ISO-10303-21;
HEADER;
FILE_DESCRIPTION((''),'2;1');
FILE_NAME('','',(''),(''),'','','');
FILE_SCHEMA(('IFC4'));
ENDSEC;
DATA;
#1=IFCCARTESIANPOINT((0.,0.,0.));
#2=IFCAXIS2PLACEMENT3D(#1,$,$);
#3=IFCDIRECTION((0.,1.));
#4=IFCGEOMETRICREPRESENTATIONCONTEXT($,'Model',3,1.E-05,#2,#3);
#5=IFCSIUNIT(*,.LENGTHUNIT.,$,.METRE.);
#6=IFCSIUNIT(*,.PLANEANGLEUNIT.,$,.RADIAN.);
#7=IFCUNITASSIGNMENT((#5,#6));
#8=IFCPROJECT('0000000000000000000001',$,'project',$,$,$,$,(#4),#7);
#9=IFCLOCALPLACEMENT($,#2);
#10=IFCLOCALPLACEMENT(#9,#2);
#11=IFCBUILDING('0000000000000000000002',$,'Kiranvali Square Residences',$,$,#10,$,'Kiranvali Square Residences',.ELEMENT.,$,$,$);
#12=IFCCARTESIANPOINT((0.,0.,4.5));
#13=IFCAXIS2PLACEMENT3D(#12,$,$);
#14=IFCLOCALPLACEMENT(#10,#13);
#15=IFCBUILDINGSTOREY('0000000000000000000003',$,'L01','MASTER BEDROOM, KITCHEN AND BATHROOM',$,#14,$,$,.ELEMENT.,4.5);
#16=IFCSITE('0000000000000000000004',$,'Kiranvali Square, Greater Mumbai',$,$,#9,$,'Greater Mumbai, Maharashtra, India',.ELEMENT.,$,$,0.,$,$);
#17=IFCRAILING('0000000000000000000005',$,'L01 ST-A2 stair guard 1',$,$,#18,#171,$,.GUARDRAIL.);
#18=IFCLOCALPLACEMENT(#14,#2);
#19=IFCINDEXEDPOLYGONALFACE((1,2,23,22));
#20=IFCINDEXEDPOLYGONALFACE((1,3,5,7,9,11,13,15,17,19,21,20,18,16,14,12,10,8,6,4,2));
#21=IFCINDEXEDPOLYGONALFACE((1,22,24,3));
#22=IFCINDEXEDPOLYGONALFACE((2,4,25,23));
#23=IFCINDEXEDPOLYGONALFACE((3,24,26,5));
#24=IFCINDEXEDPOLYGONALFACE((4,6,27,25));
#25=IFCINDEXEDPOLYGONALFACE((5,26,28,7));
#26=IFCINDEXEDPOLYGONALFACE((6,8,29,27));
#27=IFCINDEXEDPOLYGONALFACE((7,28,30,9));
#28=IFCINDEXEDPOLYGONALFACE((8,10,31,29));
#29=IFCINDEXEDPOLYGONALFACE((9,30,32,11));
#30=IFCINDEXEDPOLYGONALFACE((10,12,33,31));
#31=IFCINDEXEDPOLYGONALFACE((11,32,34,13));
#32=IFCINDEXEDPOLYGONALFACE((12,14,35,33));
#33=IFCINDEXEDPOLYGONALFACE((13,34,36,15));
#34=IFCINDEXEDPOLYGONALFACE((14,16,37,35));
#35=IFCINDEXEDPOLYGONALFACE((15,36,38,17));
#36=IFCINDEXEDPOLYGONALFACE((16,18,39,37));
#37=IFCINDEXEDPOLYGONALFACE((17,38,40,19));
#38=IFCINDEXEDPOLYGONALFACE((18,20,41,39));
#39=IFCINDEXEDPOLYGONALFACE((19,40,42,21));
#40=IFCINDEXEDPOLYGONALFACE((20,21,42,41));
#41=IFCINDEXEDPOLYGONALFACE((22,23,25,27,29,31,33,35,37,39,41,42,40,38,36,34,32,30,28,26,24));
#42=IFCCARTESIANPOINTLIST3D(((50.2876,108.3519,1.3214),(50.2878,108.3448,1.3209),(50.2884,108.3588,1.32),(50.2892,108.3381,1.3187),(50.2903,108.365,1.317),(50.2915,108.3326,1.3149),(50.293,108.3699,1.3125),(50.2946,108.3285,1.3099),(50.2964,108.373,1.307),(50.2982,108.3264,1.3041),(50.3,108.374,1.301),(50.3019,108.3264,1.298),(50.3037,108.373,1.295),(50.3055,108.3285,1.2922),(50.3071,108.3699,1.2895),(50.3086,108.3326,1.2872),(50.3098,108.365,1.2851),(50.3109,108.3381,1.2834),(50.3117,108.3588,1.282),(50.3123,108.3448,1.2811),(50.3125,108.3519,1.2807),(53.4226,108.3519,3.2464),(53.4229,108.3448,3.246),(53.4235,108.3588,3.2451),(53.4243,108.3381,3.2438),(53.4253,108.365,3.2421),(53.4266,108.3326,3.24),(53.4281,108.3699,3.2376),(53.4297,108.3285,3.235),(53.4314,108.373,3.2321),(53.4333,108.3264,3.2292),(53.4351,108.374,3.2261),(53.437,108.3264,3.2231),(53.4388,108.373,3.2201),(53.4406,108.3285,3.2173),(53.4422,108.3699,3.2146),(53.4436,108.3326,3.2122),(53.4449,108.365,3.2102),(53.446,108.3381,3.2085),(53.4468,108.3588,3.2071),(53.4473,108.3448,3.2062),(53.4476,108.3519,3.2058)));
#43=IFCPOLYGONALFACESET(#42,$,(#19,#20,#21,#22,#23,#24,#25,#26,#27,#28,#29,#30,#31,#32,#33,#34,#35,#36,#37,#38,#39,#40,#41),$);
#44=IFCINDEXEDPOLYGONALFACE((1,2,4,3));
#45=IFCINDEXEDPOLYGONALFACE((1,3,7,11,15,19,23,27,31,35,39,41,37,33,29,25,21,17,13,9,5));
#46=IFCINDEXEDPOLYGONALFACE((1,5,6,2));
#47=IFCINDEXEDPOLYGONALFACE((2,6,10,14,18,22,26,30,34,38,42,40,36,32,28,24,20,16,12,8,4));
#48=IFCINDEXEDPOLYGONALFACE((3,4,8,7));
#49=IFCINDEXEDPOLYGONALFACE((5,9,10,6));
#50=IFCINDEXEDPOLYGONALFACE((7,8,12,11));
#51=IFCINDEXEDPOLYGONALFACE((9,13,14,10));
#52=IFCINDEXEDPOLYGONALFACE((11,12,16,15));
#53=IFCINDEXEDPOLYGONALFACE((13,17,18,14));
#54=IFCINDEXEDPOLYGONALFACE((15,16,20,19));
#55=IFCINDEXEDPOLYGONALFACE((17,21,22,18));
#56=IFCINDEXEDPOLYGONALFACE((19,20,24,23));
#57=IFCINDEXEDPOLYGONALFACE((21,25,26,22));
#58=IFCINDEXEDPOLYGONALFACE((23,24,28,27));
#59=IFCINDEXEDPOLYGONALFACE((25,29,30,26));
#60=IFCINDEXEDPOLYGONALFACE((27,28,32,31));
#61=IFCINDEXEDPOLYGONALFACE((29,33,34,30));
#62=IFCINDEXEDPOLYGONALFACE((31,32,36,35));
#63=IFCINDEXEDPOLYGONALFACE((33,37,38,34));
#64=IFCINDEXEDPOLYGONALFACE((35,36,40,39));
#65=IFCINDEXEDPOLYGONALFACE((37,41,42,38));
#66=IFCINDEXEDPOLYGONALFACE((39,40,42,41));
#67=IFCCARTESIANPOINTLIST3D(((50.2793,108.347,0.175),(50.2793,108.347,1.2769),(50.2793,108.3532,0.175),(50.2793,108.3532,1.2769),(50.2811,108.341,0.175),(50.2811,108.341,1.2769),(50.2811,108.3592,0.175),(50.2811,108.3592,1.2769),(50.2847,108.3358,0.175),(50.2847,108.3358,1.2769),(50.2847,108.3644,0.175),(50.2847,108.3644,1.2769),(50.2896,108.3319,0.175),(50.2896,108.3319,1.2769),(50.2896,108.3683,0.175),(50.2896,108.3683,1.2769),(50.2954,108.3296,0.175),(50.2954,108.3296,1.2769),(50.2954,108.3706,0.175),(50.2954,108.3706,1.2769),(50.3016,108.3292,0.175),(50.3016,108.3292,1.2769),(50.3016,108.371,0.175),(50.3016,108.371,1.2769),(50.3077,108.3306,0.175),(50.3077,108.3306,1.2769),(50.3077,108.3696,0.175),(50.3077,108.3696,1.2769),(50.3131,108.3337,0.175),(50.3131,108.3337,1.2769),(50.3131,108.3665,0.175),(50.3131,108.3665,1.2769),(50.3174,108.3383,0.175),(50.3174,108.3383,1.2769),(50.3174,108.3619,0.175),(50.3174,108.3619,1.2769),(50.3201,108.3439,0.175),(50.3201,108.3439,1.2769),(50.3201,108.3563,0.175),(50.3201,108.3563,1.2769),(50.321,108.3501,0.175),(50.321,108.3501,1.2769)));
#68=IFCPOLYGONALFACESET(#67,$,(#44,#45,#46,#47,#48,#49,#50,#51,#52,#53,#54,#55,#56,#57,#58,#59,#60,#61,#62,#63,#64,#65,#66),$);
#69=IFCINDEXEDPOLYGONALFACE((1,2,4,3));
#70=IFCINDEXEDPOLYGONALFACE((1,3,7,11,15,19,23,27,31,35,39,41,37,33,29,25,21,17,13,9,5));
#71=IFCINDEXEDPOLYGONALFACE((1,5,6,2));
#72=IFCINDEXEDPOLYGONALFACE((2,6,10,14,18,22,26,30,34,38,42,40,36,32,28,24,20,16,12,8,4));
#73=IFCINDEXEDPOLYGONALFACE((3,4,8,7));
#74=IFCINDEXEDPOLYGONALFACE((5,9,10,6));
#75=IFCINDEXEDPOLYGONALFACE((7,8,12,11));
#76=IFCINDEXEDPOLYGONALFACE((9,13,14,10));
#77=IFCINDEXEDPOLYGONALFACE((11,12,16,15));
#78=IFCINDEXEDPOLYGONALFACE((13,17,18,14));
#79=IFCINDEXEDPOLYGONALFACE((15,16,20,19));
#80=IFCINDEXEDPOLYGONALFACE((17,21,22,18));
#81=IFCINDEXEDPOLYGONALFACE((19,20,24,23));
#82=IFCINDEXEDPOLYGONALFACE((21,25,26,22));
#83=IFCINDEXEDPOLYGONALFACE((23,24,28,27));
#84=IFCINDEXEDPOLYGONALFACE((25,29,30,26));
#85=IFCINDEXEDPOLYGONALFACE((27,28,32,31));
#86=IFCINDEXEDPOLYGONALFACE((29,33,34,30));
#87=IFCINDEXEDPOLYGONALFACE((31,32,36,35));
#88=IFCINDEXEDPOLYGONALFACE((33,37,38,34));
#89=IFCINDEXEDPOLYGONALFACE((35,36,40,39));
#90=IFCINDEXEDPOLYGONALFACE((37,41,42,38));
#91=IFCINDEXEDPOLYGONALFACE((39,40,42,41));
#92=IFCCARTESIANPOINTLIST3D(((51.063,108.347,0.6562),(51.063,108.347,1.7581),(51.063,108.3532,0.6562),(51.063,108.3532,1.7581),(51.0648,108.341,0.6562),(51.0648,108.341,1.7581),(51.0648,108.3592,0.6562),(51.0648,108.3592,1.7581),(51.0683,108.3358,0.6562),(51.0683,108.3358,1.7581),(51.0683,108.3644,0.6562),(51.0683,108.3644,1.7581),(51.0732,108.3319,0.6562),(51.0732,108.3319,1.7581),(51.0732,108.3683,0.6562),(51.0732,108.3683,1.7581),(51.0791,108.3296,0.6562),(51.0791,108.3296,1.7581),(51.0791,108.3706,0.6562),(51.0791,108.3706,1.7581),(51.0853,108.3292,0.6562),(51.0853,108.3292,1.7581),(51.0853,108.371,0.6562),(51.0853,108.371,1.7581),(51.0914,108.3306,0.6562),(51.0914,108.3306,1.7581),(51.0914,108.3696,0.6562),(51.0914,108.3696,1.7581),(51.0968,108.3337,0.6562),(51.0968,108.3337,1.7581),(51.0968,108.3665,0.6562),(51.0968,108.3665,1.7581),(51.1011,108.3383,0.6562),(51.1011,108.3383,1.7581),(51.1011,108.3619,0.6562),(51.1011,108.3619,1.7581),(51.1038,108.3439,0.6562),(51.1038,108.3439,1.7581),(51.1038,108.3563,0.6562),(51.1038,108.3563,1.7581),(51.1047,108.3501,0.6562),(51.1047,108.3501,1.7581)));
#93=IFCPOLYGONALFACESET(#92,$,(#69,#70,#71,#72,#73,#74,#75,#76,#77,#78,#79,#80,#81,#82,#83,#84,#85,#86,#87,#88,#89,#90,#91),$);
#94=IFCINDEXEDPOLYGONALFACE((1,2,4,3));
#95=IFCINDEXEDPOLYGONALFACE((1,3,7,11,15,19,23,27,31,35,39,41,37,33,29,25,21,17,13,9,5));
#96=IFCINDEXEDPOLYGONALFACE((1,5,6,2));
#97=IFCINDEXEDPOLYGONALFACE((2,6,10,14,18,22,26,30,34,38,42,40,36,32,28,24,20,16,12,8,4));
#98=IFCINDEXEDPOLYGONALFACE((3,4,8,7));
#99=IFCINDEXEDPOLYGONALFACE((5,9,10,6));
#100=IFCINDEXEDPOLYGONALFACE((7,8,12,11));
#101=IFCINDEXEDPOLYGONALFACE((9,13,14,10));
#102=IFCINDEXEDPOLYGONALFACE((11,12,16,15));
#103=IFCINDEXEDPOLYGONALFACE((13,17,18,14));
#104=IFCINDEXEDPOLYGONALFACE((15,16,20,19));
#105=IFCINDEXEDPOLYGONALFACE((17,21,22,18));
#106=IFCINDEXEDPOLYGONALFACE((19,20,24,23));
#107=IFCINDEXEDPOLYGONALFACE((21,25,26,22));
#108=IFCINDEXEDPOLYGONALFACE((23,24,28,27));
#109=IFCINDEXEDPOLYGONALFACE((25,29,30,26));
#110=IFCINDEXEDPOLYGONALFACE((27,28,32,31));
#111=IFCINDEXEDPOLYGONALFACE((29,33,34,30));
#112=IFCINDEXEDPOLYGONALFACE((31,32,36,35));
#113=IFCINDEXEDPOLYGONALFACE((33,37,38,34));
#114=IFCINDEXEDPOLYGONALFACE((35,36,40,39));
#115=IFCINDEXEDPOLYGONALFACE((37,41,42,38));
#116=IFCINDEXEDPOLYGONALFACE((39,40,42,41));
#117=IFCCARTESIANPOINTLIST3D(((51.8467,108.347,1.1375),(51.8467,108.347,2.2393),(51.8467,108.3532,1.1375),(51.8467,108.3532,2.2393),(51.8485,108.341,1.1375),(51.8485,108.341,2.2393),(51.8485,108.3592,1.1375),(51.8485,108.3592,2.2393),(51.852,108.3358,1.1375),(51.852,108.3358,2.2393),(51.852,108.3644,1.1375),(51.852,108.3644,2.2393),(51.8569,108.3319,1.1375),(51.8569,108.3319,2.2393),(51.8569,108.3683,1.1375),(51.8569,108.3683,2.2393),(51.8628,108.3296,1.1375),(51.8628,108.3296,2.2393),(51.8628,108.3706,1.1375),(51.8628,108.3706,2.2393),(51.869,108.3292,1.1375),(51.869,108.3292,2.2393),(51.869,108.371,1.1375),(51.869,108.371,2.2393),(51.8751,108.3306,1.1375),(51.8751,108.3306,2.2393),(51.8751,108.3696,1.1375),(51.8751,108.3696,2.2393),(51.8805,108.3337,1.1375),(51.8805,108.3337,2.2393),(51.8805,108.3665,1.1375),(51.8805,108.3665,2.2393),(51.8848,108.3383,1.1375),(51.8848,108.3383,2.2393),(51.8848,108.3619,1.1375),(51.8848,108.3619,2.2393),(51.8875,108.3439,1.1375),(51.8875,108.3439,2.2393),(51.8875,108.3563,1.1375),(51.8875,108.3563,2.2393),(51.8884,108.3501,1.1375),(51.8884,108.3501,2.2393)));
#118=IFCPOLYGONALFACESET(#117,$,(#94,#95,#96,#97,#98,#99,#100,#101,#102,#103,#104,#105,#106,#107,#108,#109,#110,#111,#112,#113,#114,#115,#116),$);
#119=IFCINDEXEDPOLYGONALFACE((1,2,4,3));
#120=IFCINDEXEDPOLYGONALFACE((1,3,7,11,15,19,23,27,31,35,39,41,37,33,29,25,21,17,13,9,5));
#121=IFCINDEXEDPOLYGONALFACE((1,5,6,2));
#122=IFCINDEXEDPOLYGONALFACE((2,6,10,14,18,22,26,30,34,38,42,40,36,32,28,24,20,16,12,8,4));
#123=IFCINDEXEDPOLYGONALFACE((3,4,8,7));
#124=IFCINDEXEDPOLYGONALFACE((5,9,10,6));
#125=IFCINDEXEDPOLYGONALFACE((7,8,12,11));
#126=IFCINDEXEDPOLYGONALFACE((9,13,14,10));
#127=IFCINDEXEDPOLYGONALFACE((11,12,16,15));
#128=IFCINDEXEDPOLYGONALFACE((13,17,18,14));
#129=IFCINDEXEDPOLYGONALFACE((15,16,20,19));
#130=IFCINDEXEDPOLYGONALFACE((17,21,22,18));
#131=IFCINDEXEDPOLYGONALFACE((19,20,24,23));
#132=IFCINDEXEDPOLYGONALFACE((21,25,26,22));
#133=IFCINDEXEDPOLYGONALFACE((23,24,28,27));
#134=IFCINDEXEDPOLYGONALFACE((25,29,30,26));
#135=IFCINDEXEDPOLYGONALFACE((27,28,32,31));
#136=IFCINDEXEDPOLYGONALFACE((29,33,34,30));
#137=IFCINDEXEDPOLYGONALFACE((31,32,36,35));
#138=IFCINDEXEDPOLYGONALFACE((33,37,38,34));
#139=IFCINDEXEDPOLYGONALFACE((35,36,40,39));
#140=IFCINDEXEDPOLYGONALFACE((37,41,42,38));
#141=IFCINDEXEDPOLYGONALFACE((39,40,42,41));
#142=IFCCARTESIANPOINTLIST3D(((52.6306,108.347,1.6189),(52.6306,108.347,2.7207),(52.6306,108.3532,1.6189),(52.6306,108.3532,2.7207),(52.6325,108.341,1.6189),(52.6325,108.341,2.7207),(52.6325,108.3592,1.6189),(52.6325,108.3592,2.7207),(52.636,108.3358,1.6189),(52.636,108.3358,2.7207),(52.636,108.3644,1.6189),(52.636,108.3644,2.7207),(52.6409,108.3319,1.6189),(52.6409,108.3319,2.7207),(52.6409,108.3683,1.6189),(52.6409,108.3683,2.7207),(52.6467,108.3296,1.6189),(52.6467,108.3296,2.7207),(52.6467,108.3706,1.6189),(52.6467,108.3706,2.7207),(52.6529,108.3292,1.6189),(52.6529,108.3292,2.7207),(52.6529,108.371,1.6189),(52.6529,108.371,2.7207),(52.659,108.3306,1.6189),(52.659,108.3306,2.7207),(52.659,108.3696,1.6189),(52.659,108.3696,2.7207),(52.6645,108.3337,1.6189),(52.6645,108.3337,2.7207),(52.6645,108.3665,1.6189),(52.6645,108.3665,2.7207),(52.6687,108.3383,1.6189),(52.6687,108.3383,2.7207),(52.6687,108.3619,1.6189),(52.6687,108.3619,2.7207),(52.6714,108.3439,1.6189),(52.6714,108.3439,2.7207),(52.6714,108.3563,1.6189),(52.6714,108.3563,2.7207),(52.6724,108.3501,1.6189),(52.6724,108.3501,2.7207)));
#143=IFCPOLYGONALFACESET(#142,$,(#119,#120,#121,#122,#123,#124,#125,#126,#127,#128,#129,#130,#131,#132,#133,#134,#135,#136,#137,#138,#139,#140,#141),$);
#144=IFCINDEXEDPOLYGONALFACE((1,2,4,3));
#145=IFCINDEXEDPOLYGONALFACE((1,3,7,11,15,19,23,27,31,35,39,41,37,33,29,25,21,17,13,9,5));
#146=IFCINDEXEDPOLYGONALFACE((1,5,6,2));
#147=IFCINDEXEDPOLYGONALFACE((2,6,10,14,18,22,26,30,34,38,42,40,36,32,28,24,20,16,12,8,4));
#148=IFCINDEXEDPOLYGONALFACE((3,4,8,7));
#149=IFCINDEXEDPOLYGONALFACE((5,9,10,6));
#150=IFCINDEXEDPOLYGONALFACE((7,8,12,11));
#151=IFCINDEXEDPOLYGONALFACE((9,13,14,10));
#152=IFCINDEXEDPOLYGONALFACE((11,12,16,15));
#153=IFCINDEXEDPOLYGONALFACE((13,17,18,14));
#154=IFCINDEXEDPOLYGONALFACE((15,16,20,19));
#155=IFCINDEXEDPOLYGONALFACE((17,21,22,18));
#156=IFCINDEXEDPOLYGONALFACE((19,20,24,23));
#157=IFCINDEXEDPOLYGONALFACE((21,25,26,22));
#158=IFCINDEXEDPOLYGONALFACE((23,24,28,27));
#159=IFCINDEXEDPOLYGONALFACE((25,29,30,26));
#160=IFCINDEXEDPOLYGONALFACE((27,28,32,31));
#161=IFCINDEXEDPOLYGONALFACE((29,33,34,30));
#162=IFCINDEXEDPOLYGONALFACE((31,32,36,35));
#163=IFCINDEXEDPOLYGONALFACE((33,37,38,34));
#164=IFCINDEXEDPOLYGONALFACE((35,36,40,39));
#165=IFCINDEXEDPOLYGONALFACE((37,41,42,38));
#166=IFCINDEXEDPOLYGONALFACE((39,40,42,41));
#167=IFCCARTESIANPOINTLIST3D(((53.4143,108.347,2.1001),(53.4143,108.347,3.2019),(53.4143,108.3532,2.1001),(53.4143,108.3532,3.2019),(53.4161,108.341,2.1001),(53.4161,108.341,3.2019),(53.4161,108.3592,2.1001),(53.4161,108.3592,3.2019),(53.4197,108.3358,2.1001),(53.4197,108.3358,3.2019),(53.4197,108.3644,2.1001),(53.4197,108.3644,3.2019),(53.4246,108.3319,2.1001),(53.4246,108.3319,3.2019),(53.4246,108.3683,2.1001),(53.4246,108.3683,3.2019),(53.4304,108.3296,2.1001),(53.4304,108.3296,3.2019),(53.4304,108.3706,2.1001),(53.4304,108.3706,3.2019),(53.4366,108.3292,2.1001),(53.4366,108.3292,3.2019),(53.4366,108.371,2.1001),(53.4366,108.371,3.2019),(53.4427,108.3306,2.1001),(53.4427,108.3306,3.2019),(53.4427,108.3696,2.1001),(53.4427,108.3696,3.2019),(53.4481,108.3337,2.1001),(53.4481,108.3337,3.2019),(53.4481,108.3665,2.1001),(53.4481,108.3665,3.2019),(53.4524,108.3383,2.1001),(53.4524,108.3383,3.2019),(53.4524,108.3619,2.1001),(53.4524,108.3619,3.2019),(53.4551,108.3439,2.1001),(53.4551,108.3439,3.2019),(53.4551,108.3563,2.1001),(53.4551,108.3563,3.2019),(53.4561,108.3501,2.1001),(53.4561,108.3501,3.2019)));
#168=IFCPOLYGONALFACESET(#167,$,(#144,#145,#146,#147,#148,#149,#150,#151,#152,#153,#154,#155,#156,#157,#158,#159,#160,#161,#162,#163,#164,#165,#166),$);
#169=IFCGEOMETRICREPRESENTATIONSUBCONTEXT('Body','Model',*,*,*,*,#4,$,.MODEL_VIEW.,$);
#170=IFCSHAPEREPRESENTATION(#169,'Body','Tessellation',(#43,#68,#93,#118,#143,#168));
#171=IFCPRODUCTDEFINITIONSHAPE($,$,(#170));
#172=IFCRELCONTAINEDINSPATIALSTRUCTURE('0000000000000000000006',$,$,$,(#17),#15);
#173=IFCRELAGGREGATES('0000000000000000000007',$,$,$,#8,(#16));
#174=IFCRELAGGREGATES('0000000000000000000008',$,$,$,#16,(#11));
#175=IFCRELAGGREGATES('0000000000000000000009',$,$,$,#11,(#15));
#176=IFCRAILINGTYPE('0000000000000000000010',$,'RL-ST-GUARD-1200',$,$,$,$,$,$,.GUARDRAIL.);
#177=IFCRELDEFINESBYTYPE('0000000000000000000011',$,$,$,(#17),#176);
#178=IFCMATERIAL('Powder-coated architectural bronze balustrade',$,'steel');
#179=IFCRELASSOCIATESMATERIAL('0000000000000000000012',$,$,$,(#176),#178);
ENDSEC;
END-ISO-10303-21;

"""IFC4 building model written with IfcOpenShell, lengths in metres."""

from ifc_helpers import new_model, si_unit, direction, frame, origin, origin_2d, place, context, subcontext, project, spatial, circle, extrude, material, type_object, element, save


model = new_model("IFC4")

# Units and contexts
model_context = context("Model", 3, precision=1e-05, world=origin(), true_north=direction((0.0, 1.0)))
body_context = subcontext(model_context, "Body", "Model", "MODEL_VIEW")
ifc_project = project(units=[si_unit("LENGTHUNIT", "METRE"), si_unit("PLANEANGLEUNIT", "RADIAN")], contexts=[model_context])

# Site, building, storey
site_placement = place(None, origin())
site = spatial("IfcSite", under=ifc_project, at=site_placement, Name="Kiranvali Square, Greater Mumbai", LongName="Greater Mumbai, Maharashtra, India", CompositionType="ELEMENT", RefElevation=0.0)
building_placement = place(site_placement, origin())
building = spatial("IfcBuilding", under=site, at=building_placement, Name="Kiranvali Square Residences", LongName="Kiranvali Square Residences", CompositionType="ELEMENT")
storey_placement = place(building_placement, frame((0.0, 0.0, 4.5)))
storey = spatial("IfcBuildingStorey", under=building, at=storey_placement, Name="L01", Description="MASTER BEDROOM, KITCHEN AND BATHROOM", CompositionType="ELEMENT", Elevation=4.5)

# Railing
ifc_material_1 = material(Name="Powder-coated architectural bronze balustrade", Category="steel")
railing_type_1 = type_object("IfcRailingType", Name="RL-ST-GUARD-1200", PredefinedType="GUARDRAIL", material=ifc_material_1)
railing_1_placement = place(storey_placement, frame((50.3, 108.3501, 0.175)))
element("IfcRailing", 1, at=railing_1_placement, inside=storey, type_object=railing_type_1, Name="L01 ST-A2 stair guard 1", PredefinedType="GUARDRAIL", context=body_context, shape_type="SweptSolid", body=[
    extrude(circle(Radius=0.0239, at=origin_2d()), frame((0.0, 0.0, 1.126), z_axis=(0.852166, 0.0, 0.523271), x_axis=(0.0, 1.0, 0.0)), (0.0, 0.0, 1.0), 3.679),
    extrude(circle(Radius=0.021, at=origin_2d()), origin(), (0.0, 0.0, 1.0), 1.1018),
    extrude(circle(Radius=0.021, at=origin_2d()), frame((0.7837, 0.0, 0.4812)), (0.0, 0.0, 1.0), 1.1018),
    extrude(circle(Radius=0.021, at=origin_2d()), frame((1.5674, 0.0, 0.9624)), (0.0, 0.0, 1.0), 1.1018),
    extrude(circle(Radius=0.021, at=origin_2d()), frame((2.3513, 0.0, 1.4438)), (0.0, 0.0, 1.0), 1.1018),
    extrude(circle(Radius=0.021, at=origin_2d()), frame((3.135, 0.0, 1.925)), (0.0, 0.0, 1.0), 1.1018),
])

save(model, "model.ifc")
